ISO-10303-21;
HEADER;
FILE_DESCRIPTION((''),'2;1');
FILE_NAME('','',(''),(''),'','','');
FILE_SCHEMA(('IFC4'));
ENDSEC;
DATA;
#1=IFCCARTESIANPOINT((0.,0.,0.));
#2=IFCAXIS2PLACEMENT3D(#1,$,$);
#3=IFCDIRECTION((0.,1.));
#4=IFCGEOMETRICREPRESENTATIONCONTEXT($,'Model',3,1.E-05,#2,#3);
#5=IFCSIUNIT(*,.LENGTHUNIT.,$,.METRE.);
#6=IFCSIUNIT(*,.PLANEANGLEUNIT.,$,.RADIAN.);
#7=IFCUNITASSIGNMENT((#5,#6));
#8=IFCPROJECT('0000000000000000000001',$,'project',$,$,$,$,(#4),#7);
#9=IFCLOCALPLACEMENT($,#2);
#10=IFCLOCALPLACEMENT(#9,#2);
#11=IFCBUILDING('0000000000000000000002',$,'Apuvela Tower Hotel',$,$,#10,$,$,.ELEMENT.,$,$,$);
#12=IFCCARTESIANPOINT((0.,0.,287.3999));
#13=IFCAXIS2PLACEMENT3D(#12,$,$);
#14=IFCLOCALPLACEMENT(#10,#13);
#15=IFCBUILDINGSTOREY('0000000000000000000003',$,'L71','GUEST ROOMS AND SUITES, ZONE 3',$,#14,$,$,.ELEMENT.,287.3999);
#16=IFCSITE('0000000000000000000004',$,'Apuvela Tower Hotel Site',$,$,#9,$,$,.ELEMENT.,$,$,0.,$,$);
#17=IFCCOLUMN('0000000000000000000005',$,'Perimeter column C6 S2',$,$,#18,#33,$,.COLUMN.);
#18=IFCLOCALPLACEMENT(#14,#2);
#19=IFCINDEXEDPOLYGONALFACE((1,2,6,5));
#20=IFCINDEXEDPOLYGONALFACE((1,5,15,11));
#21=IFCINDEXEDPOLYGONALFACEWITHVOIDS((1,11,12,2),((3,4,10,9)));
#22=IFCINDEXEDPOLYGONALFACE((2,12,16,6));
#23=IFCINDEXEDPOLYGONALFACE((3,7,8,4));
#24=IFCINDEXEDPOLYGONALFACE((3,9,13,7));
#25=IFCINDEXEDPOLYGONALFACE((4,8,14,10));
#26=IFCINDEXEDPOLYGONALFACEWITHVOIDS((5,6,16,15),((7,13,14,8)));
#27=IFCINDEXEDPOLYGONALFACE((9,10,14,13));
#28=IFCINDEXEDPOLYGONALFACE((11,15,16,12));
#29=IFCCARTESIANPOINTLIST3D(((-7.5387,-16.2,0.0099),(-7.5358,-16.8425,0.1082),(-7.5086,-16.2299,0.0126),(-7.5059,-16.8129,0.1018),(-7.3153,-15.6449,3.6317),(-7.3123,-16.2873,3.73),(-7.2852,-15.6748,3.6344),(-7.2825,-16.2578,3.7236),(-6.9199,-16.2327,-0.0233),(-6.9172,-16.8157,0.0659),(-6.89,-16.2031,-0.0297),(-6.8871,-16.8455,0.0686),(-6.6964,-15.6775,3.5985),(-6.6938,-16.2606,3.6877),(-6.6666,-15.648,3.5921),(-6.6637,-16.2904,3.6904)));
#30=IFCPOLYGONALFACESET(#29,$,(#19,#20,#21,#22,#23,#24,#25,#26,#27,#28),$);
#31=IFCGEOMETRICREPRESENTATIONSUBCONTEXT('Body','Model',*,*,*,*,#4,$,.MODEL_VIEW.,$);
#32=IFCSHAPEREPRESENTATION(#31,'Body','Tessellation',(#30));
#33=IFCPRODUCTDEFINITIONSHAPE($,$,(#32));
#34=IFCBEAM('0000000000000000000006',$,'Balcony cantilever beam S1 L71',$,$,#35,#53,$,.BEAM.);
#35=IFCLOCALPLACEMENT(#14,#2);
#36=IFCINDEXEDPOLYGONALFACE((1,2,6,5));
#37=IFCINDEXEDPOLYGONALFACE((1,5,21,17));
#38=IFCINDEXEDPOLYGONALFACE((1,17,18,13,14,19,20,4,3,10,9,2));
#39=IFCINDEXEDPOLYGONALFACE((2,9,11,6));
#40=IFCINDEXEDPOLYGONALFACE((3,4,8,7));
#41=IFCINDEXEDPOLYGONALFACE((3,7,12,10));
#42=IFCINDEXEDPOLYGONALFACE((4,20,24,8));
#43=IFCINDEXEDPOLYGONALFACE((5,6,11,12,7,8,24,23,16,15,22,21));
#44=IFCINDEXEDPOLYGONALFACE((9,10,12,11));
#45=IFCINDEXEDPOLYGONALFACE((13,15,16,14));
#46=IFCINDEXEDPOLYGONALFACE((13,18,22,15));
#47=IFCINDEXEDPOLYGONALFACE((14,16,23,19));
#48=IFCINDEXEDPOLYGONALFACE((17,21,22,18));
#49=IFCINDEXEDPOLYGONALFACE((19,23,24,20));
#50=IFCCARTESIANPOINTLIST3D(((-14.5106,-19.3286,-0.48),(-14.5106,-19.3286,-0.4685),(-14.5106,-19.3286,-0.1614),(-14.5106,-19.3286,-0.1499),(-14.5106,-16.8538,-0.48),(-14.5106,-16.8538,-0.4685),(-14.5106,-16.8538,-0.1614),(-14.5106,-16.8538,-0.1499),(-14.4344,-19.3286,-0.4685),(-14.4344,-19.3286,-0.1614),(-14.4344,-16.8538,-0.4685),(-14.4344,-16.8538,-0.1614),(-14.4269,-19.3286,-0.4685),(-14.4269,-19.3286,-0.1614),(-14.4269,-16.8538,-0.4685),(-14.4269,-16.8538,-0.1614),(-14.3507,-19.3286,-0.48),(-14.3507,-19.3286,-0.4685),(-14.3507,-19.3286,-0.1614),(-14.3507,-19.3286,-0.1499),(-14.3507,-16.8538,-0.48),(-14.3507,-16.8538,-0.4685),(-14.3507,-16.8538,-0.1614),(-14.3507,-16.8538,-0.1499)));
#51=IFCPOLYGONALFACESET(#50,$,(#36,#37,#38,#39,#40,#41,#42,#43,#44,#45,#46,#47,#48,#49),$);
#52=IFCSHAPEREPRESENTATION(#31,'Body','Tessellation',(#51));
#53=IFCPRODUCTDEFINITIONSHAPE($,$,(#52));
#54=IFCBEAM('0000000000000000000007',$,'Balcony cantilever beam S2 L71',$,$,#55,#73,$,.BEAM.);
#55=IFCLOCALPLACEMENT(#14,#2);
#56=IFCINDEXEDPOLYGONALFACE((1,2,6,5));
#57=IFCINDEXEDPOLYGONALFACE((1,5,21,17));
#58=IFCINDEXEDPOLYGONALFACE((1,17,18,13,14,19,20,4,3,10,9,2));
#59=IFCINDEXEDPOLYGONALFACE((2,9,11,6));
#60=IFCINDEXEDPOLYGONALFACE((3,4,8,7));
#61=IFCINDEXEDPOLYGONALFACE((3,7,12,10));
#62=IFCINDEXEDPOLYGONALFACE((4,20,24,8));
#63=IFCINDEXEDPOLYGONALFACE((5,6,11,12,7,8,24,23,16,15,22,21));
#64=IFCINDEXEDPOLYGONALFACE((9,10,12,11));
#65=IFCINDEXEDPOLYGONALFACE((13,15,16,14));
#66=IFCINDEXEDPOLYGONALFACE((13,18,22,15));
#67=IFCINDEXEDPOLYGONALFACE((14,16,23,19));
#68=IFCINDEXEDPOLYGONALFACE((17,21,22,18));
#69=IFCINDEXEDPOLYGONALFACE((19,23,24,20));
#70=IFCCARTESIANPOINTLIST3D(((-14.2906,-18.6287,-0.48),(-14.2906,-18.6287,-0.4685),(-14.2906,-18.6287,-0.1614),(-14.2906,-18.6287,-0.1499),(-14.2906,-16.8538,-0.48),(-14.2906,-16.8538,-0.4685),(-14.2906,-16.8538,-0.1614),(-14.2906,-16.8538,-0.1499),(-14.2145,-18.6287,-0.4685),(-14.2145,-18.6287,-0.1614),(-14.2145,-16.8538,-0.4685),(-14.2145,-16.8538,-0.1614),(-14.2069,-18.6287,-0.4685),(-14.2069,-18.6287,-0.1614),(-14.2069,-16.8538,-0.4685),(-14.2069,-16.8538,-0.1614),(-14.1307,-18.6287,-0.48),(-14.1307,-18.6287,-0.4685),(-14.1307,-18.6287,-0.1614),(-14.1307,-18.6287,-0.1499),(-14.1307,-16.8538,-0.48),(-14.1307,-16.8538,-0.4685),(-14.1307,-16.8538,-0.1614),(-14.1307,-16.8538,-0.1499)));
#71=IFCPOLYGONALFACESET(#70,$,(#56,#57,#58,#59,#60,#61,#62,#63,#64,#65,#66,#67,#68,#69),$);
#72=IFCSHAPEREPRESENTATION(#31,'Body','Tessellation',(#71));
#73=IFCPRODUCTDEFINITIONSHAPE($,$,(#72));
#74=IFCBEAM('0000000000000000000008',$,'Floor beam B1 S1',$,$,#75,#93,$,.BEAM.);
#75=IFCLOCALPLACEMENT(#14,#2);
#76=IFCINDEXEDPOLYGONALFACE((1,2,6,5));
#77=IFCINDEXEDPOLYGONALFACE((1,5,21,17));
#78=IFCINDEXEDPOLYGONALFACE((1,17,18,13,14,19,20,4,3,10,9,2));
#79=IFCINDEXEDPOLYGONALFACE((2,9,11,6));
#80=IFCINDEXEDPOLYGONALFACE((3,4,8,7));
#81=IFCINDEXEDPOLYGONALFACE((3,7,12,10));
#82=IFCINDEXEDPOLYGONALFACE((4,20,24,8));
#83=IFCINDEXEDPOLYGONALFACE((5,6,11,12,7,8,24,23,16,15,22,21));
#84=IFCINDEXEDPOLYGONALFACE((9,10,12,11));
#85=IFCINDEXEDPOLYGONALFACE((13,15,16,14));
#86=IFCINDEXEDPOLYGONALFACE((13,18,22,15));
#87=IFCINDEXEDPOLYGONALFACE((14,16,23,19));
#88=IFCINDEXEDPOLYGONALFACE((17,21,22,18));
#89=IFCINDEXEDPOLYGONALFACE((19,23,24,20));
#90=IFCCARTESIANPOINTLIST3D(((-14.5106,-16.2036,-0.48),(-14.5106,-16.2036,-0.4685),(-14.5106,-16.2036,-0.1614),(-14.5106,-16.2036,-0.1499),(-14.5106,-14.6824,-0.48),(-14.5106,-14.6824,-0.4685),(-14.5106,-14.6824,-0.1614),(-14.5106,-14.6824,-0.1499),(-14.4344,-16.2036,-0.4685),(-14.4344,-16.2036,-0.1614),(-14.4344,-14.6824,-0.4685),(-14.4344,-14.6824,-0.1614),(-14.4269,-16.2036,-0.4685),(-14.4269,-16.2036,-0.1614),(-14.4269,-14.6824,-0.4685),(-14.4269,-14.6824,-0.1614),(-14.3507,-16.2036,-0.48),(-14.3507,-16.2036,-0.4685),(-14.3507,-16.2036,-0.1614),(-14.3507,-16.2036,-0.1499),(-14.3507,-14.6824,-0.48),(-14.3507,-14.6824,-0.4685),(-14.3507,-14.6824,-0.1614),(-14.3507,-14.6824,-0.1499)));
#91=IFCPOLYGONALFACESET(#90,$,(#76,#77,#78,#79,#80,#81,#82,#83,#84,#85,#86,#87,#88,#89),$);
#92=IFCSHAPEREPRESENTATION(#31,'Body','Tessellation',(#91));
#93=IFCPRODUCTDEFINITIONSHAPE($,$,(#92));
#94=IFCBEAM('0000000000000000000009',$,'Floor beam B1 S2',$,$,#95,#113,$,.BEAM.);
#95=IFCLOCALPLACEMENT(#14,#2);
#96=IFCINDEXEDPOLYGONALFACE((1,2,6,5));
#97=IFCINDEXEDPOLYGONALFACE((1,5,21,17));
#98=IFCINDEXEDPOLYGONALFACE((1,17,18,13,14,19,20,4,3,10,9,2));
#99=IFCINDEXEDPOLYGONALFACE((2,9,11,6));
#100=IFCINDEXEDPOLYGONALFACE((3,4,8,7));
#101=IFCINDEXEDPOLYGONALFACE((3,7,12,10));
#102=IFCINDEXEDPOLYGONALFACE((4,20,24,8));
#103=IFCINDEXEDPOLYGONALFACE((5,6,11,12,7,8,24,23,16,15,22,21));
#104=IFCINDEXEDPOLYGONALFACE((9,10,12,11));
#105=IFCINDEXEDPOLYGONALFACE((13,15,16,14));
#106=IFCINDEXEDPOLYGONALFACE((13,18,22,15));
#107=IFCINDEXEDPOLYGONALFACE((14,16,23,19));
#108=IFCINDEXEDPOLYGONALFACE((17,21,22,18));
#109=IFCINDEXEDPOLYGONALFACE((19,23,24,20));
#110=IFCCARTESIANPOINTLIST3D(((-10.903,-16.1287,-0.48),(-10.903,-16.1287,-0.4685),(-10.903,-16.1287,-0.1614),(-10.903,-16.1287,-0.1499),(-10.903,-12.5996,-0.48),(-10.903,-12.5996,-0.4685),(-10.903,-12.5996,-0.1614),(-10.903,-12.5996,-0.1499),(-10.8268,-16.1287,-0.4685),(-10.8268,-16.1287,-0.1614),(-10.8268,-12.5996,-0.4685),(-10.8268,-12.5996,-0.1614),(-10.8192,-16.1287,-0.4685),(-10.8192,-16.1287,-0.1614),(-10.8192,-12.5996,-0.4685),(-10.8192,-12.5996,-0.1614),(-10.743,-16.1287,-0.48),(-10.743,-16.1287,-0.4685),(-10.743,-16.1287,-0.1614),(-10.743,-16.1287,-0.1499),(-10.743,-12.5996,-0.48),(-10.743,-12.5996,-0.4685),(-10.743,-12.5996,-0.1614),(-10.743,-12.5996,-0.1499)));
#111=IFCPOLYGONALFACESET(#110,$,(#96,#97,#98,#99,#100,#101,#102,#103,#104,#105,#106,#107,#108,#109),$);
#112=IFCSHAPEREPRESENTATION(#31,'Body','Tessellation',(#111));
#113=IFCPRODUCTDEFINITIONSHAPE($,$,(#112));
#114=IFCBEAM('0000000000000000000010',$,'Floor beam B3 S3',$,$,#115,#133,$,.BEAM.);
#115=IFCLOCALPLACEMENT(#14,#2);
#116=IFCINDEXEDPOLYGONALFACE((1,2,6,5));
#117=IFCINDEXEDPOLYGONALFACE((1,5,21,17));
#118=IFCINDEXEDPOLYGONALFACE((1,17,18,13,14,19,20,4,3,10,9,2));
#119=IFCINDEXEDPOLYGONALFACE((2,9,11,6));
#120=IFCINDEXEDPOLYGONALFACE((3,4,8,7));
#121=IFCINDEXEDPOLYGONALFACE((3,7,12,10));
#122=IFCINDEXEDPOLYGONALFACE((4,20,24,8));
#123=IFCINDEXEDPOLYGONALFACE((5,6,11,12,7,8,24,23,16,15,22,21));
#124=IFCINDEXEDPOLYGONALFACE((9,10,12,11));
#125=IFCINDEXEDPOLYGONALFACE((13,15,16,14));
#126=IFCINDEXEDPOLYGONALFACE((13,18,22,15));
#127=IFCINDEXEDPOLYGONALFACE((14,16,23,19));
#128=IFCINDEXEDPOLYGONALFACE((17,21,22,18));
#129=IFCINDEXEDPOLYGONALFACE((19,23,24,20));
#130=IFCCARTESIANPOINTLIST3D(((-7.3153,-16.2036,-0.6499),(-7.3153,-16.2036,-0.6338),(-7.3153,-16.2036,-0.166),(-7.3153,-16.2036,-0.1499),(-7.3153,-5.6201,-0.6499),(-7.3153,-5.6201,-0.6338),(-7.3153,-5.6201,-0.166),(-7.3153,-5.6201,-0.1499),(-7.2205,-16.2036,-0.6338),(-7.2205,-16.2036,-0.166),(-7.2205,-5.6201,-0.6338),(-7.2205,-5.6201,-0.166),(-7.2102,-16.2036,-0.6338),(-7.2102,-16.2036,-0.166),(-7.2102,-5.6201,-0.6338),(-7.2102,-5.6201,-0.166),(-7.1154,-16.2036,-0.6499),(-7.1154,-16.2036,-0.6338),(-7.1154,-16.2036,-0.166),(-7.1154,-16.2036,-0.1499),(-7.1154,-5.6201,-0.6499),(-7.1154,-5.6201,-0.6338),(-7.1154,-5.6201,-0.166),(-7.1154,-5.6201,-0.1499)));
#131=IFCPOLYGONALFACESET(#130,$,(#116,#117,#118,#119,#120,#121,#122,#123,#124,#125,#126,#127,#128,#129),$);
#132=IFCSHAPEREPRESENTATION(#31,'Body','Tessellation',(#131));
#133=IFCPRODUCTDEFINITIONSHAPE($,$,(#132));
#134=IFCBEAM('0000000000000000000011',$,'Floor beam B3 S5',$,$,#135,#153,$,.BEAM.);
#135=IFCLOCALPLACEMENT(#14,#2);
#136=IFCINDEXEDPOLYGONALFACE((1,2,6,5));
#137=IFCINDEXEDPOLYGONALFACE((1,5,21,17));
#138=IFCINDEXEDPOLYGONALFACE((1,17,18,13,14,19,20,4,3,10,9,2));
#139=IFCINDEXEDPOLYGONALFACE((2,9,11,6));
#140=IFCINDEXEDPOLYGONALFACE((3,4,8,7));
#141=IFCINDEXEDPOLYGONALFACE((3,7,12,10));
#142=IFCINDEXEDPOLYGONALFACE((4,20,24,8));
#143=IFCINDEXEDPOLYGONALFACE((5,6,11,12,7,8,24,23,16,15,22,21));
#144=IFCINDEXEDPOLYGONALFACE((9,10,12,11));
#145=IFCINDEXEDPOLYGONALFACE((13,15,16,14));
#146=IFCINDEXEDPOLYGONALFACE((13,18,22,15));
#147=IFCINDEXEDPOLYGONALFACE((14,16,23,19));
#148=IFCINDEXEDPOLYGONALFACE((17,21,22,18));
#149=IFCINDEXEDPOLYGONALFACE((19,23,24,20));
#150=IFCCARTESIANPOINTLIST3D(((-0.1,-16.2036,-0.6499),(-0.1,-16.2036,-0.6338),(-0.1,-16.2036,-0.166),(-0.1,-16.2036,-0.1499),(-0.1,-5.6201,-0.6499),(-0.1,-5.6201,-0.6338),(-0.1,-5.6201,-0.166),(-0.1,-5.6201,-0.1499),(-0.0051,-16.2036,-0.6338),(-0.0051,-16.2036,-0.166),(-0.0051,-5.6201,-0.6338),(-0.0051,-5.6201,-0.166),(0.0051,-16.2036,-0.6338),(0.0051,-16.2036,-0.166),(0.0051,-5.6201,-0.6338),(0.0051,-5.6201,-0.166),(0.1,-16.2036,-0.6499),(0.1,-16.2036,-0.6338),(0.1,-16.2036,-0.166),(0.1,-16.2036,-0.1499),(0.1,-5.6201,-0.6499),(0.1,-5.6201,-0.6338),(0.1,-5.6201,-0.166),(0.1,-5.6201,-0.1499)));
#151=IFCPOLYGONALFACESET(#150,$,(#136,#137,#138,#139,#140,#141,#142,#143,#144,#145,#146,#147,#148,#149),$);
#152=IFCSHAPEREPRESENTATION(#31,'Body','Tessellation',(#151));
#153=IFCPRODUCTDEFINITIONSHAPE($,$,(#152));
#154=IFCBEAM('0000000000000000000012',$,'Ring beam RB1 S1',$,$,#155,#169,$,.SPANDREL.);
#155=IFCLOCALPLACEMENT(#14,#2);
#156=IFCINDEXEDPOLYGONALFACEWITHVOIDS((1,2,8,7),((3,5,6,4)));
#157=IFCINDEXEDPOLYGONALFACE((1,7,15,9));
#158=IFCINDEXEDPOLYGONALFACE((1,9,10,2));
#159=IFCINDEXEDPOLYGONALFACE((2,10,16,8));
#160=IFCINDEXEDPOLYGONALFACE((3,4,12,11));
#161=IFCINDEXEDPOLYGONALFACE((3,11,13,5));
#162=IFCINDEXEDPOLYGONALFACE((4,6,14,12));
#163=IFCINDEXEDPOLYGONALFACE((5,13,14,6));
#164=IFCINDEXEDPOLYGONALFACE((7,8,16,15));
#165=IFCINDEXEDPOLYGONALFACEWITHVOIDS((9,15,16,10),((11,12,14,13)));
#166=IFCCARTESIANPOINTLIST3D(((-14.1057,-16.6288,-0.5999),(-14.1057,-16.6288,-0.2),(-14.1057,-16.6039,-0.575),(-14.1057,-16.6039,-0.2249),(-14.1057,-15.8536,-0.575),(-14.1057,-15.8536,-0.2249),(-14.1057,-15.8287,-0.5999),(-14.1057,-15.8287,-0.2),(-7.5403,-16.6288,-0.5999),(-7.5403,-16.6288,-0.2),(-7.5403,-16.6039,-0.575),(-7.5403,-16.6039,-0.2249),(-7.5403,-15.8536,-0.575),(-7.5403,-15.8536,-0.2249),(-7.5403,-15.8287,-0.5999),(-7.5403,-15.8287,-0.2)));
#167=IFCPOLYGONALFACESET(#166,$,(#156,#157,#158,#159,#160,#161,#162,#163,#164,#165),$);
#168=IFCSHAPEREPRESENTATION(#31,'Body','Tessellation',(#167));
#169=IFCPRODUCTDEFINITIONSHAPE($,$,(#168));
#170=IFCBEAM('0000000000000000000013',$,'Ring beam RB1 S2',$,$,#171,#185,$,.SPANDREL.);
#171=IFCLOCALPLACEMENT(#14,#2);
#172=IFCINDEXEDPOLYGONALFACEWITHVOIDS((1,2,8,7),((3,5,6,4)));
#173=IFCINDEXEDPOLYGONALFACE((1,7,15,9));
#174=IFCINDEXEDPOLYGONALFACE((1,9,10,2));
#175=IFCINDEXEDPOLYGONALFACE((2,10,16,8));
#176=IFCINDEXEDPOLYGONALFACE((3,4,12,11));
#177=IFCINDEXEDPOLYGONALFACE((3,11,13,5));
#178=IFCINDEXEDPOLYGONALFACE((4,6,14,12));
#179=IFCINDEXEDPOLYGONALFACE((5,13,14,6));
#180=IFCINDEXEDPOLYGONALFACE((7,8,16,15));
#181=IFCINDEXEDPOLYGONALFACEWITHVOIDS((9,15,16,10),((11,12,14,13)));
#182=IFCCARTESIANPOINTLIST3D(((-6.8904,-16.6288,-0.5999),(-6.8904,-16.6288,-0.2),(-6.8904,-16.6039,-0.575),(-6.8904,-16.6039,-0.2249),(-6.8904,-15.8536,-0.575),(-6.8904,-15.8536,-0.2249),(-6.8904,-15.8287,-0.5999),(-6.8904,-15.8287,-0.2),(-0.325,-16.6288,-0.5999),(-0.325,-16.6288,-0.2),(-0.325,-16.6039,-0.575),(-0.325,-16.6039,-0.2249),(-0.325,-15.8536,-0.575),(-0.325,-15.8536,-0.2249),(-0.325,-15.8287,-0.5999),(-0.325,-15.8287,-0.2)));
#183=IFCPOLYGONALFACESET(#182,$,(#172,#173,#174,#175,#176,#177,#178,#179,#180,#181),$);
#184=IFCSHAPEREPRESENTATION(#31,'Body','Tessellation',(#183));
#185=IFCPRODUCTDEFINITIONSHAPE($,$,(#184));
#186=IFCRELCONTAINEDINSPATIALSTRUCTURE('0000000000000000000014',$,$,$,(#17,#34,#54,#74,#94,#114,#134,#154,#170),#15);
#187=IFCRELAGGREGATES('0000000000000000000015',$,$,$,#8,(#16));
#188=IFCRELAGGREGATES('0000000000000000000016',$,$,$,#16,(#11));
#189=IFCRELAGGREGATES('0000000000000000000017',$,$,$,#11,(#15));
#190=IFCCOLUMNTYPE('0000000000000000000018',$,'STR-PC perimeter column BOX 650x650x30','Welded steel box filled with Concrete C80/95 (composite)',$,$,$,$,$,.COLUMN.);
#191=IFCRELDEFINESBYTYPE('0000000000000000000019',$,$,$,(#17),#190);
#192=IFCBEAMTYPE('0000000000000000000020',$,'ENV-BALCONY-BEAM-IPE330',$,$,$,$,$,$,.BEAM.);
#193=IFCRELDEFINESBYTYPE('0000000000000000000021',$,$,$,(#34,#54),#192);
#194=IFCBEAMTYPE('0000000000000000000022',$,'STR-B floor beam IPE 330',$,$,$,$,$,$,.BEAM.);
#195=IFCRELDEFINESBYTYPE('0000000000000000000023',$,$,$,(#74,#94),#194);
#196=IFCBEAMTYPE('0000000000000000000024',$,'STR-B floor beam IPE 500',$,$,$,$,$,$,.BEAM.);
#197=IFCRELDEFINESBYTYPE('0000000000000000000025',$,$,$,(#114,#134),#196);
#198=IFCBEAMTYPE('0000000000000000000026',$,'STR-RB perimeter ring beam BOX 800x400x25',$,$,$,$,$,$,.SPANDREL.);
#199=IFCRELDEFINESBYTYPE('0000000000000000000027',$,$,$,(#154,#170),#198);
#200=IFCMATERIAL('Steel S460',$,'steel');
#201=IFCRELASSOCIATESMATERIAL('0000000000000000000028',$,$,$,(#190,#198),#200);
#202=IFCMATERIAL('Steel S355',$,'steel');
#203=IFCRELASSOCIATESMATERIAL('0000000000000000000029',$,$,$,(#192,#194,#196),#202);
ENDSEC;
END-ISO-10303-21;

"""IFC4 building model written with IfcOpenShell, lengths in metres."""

from ifc_helpers import new_model, si_unit, direction, frame, origin, origin_2d, place, context, subcontext, project, spatial, rectangle, hollow_rectangle, i_section, extrude, boolean, halfspace, material, material_profile, profile_set, type_object, element, save


model = new_model("IFC4")

# Units and contexts
model_context = context("Model", 3, precision=1e-05, world=origin(), true_north=direction((0.0, 1.0)))
body_context = subcontext(model_context, "Body", "Model", "MODEL_VIEW")
ifc_project = project(units=[si_unit("LENGTHUNIT", "METRE"), si_unit("PLANEANGLEUNIT", "RADIAN")], contexts=[model_context])

# Site, building, storey
site_placement = place(None, origin())
site = spatial("IfcSite", under=ifc_project, at=site_placement, Name="Apuvela Tower Hotel Site", CompositionType="ELEMENT", RefElevation=0.0)
building_placement = place(site_placement, origin())
building = spatial("IfcBuilding", under=site, at=building_placement, Name="Apuvela Tower Hotel", CompositionType="ELEMENT")
storey_placement = place(building_placement, frame((0.0, 0.0, 287.3999)))
storey = spatial("IfcBuildingStorey", under=building, at=storey_placement, Name="L71", Description="GUEST ROOMS AND SUITES, ZONE 3", CompositionType="ELEMENT", Elevation=287.3999)

# Column
ifc_material_1 = material(Name="Steel S460", Category="steel")
ifc_material_profile_1 = material_profile(ifc_material_1, hollow_rectangle(XDim=0.6499, YDim=0.6499, WallThickness=0.03, at=origin_2d()), Name="BOX 650x650x30")
ifc_material_2 = material(Name="Concrete C80/95", Category="concrete")
ifc_material_profile_2 = material_profile(ifc_material_2, rectangle(XDim=0.5901, YDim=0.5901, at=origin_2d()), Name="Concrete C80/95 infill")
ifc_profile_set_1 = profile_set([ifc_material_profile_1, ifc_material_profile_2], Name="Steel S460")
column_type = type_object("IfcColumnType", Name="STR-PC perimeter column BOX 650x650x30", Description="Welded steel box filled with Concrete C80/95 (composite)", PredefinedType="COLUMN", material=ifc_profile_set_1)
column_1_placement = place(storey_placement, frame((-7.2153, -16.5288, 0.0), z_axis=(0.060867, 0.151222, 0.986624), x_axis=(-0.998136, 0.004713, 0.060854)))
element("IfcColumn", 1, at=column_1_placement, inside=storey, type_object=column_type, Name="Perimeter column C6 S2", PredefinedType="COLUMN", context=body_context, shape_type="SweptSolid", body=[
    boolean("DIFFERENCE", boolean("DIFFERENCE", extrude(hollow_rectangle(XDim=0.6499, YDim=0.6499, WallThickness=0.03, at=origin_2d()), origin(), (0.0, 0.0, 1.0), 3.7502), halfspace(frame((0.0, 0.0, 0.0398), z_axis=(0.0, 0.0, 1.0), x_axis=(1.0, 0.0, 0.0)), True)), halfspace(frame((0.0, 0.0, 3.7107), z_axis=(0.0, 0.0, 1.0), x_axis=(1.0, 0.0, 0.0)), False)),
])

# Beams
ifc_material_3 = material(Name="Steel S355", Category="steel")
ifc_material_profile_3 = material_profile(ifc_material_3, i_section(OverallWidth=0.1599, OverallDepth=0.3301, WebThickness=0.0076, FlangeThickness=0.0115, at=origin_2d()), Name="IPE 330")
ifc_profile_set_2 = profile_set([ifc_material_profile_3], Name="Steel S355")
beam_type_1 = type_object("IfcBeamType", Name="ENV-BALCONY-BEAM-IPE330", PredefinedType="BEAM", material=ifc_profile_set_2)
beam_1_placement = place(storey_placement, frame((-14.4307, -16.8538, -0.3149), z_axis=(0.0, -1.0, 0.0), x_axis=(1.0, 0.0, 0.0)))
element("IfcBeam", 2, at=beam_1_placement, inside=storey, type_object=beam_type_1, Name="Balcony cantilever beam S1 L71", PredefinedType="BEAM", context=body_context, shape_type="SweptSolid", body=[
    extrude(i_section(OverallWidth=0.1599, OverallDepth=0.3301, WebThickness=0.0076, FlangeThickness=0.0115, at=origin_2d()), origin(), (0.0, 0.0, 1.0), 2.4749),
])
beam_2_placement = place(storey_placement, frame((-14.2107, -16.8538, -0.3149), z_axis=(0.0, -1.0, 0.0), x_axis=(1.0, 0.0, 0.0)))
element("IfcBeam", 3, at=beam_2_placement, inside=storey, type_object=beam_type_1, Name="Balcony cantilever beam S2 L71", PredefinedType="BEAM", context=body_context, shape_type="SweptSolid", body=[
    extrude(i_section(OverallWidth=0.1599, OverallDepth=0.3301, WebThickness=0.0076, FlangeThickness=0.0115, at=origin_2d()), origin(), (0.0, 0.0, 1.0), 1.7749),
])
ifc_material_profile_4 = material_profile(ifc_material_3, i_section(OverallWidth=0.1599, OverallDepth=0.3301, WebThickness=0.0076, FlangeThickness=0.0115, at=origin_2d()), Name="IPE 330")
ifc_profile_set_3 = profile_set([ifc_material_profile_4], Name="Steel S355")
beam_type_2 = type_object("IfcBeamType", Name="STR-B floor beam IPE 330", PredefinedType="BEAM", material=ifc_profile_set_3)
beam_3_placement = place(storey_placement, frame((-14.4307, -16.2036, -0.3149), z_axis=(0.0, 1.0, 0.0), x_axis=(-1.0, 0.0, 0.0)))
element("IfcBeam", 4, at=beam_3_placement, inside=storey, type_object=beam_type_2, Name="Floor beam B1 S1", PredefinedType="BEAM", context=body_context, shape_type="SweptSolid", body=[
    extrude(i_section(OverallWidth=0.1599, OverallDepth=0.3301, WebThickness=0.0076, FlangeThickness=0.0115, at=origin_2d()), origin(), (0.0, 0.0, 1.0), 1.5212),
])
beam_4_placement = place(storey_placement, frame((-10.823, -16.1287, -0.3149), z_axis=(0.0, 1.0, 0.0), x_axis=(-1.0, 0.0, 0.0)))
element("IfcBeam", 5, at=beam_4_placement, inside=storey, type_object=beam_type_2, Name="Floor beam B1 S2", PredefinedType="BEAM", context=body_context, shape_type="SweptSolid", body=[
    extrude(i_section(OverallWidth=0.1599, OverallDepth=0.3301, WebThickness=0.0076, FlangeThickness=0.0115, at=origin_2d()), origin(), (0.0, 0.0, 1.0), 3.5291),
])
ifc_material_profile_5 = material_profile(ifc_material_3, i_section(OverallWidth=0.2, OverallDepth=0.5, WebThickness=0.0103, FlangeThickness=0.0161, at=origin_2d()), Name="IPE 500")
ifc_profile_set_4 = profile_set([ifc_material_profile_5], Name="Steel S355")
beam_type_3 = type_object("IfcBeamType", Name="STR-B floor beam IPE 500", PredefinedType="BEAM", material=ifc_profile_set_4)
for number, where, z_axis, x_axis, name in (
    (6, (-7.2153, -16.2036, -0.3999), (0.0, 1.0, 0.0), (-1.0, 0.0, 0.0), "Floor beam B3 S3"),
    (7, (0.0, -16.2036, -0.3999), (0.0, 1.0, 0.0), (-1.0, 0.0, 0.0), "Floor beam B3 S5"),
):
    element("IfcBeam", number, at=place(storey_placement, frame(where, z_axis=z_axis, x_axis=x_axis)), inside=storey, type_object=beam_type_3, Name=name, PredefinedType="BEAM", context=body_context, shape_type="SweptSolid", body=[
        extrude(i_section(OverallWidth=0.2, OverallDepth=0.5, WebThickness=0.0103, FlangeThickness=0.0161, at=origin_2d()), origin(), (0.0, 0.0, 1.0), 10.5835),
    ])
ifc_material_profile_6 = material_profile(ifc_material_1, hollow_rectangle(XDim=0.8, YDim=0.3999, WallThickness=0.0249, at=origin_2d()), Name="BOX 800x400x25")
ifc_profile_set_5 = profile_set([ifc_material_profile_6], Name="Steel S460")
beam_type_4 = type_object("IfcBeamType", Name="STR-RB perimeter ring beam BOX 800x400x25", PredefinedType="SPANDREL", material=ifc_profile_set_5)
for number, where, z_axis, x_axis, name in (
    (8, (-14.1057, -16.2288, -0.3999), (1.0, 0.0, 0.0), (0.0, 1.0, 0.0), "Ring beam RB1 S1"),
    (9, (-6.8904, -16.2288, -0.3999), (1.0, 0.0, 0.0), (0.0, 1.0, 0.0), "Ring beam RB1 S2"),
):
    element("IfcBeam", number, at=place(storey_placement, frame(where, z_axis=z_axis, x_axis=x_axis)), inside=storey, type_object=beam_type_4, Name=name, PredefinedType="SPANDREL", context=body_context, shape_type="SweptSolid", body=[
        extrude(hollow_rectangle(XDim=0.8, YDim=0.3999, WallThickness=0.0249, at=origin_2d()), origin(), (0.0, 0.0, 1.0), 6.5654),
    ])

save(model, "model.ifc")
